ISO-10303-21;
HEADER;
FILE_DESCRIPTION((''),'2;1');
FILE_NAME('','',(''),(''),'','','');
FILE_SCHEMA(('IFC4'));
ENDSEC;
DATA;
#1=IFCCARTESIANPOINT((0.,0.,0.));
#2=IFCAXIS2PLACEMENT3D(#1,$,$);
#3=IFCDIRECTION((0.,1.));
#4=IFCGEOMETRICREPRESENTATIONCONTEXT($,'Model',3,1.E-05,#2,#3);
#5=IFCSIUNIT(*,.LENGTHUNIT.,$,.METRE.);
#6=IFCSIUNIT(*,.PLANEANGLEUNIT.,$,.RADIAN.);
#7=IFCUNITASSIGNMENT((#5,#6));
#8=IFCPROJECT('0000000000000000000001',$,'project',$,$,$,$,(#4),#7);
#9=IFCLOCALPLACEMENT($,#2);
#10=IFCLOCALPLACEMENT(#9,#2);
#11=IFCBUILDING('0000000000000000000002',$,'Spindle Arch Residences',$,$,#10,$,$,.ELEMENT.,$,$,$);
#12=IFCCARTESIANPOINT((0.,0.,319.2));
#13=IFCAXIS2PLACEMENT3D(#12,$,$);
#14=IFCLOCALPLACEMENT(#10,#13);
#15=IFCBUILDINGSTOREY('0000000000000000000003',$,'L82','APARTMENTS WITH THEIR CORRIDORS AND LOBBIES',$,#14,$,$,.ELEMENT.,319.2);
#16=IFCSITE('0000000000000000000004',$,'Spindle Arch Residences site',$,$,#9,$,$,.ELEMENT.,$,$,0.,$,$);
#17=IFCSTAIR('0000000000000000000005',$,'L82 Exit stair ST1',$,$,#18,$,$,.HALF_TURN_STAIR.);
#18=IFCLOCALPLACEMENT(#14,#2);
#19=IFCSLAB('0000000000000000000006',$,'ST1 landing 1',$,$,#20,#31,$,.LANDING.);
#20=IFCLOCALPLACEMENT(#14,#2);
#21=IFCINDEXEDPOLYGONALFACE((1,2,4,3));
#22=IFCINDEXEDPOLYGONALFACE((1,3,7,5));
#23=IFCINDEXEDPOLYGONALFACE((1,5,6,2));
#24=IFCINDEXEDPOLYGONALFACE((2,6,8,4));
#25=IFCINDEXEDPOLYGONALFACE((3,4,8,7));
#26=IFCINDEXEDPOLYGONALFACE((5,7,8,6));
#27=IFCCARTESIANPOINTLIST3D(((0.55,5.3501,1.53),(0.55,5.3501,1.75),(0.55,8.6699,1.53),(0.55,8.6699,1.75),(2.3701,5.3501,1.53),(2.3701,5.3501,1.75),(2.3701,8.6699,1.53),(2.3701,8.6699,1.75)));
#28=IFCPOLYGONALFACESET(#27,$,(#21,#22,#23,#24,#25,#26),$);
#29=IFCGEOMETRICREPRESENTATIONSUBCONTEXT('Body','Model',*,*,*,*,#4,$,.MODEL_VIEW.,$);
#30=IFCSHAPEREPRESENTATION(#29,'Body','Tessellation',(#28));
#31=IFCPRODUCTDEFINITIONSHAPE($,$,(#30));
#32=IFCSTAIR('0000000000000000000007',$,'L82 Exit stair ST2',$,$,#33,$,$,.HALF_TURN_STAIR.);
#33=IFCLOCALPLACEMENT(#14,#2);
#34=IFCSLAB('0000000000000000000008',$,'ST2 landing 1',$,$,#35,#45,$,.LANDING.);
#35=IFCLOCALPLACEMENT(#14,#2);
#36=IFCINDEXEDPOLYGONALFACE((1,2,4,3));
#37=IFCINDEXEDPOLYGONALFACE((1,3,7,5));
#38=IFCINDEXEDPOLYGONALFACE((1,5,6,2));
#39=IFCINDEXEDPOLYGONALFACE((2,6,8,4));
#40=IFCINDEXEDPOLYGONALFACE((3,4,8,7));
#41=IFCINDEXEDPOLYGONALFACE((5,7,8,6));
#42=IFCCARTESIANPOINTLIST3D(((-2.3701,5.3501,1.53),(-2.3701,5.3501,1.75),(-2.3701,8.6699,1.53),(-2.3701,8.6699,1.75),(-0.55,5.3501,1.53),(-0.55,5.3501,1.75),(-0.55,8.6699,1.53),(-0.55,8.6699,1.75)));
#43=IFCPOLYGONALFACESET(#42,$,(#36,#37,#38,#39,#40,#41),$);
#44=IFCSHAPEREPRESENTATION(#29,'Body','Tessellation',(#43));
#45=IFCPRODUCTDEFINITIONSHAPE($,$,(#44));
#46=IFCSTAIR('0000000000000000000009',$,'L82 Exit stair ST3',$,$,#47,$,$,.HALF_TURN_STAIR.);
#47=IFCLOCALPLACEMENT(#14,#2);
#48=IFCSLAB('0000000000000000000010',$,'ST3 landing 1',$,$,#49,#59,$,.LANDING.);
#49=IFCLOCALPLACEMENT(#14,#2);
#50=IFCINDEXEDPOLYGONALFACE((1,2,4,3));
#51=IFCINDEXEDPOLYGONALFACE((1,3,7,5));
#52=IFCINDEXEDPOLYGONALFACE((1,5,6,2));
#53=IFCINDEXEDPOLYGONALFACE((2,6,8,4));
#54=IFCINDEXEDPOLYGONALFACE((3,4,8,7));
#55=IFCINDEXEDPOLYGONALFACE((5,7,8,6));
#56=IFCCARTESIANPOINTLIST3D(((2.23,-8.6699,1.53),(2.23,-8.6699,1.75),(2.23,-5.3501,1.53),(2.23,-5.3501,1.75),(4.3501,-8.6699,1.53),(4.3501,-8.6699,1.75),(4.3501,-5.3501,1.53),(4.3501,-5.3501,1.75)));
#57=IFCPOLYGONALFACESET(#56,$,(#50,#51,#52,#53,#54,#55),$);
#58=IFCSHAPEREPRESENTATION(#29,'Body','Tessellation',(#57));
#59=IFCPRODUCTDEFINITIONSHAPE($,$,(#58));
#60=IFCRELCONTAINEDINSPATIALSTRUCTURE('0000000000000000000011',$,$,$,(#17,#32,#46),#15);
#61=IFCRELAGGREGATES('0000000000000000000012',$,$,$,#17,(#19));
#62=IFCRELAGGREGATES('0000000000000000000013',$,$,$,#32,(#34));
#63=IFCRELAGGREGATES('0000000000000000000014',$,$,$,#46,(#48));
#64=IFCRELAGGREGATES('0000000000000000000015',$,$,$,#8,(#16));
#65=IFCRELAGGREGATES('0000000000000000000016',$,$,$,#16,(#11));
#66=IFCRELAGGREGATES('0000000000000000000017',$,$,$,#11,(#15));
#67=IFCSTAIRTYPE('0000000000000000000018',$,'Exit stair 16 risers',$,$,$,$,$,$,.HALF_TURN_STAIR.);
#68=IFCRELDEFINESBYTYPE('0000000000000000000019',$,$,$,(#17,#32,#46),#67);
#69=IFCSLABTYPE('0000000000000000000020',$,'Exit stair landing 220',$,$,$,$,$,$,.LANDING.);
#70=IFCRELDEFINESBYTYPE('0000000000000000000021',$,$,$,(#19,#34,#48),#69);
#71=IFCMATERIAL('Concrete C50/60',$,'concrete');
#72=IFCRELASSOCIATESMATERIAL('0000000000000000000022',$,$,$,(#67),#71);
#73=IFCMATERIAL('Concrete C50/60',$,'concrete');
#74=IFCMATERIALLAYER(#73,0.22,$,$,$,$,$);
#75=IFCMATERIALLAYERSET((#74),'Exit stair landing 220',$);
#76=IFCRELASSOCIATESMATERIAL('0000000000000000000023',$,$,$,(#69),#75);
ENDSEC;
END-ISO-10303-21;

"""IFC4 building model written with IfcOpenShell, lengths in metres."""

from ifc_helpers import new_model, si_unit, direction, frame, origin, place, context, subcontext, project, spatial, polyline, outline, extrude, material, layer, layer_set, type_object, element, aggregate, save


model = new_model("IFC4")

# Units and contexts
model_context = context("Model", 3, precision=1e-05, world=origin(), true_north=direction((0.0, 1.0)))
body_context = subcontext(model_context, "Body", "Model", "MODEL_VIEW")
ifc_project = project(units=[si_unit("LENGTHUNIT", "METRE"), si_unit("PLANEANGLEUNIT", "RADIAN")], contexts=[model_context])

# Site, building, storey
site_placement = place(None, origin())
site = spatial("IfcSite", under=ifc_project, at=site_placement, Name="Spindle Arch Residences site", CompositionType="ELEMENT", RefElevation=0.0)
building_placement = place(site_placement, origin())
building = spatial("IfcBuilding", under=site, at=building_placement, Name="Spindle Arch Residences", CompositionType="ELEMENT")
storey_placement = place(building_placement, frame((0.0, 0.0, 319.2)))
storey = spatial("IfcBuildingStorey", under=building, at=storey_placement, Name="L82", Description="APARTMENTS WITH THEIR CORRIDORS AND LOBBIES", CompositionType="ELEMENT", Elevation=319.2)

# Stairs, slabs
ifc_material_1 = material(Name="Concrete C50/60", Category="concrete")
stair_type = type_object("IfcStairType", Name="Exit stair 16 risers", PredefinedType="HALF_TURN_STAIR", material=ifc_material_1)
stair_1_placement = place(storey_placement, origin())
stair_1 = element("IfcStair", 1, at=stair_1_placement, inside=storey, type_object=stair_type, Name="L82 Exit stair ST1", PredefinedType="HALF_TURN_STAIR")
ifc_material_2 = material(Name="Concrete C50/60", Category="concrete")
ifc_layer_1 = layer(ifc_material_2, 0.22)
ifc_layer_set_1 = layer_set([ifc_layer_1], Name="Exit stair landing 220")
slab_type_1 = type_object("IfcSlabType", Name="Exit stair landing 220", PredefinedType="LANDING", material=ifc_layer_set_1)
slab_1_placement = place(storey_placement, frame((0.0, 0.0, 1.53)))
slab_1 = element("IfcSlab", 2, at=slab_1_placement, type_object=slab_type_1, Name="ST1 landing 1", PredefinedType="LANDING", context=body_context, shape_type="SweptSolid", body=[
    extrude(outline(polyline([(2.3701, 8.6699), (0.55, 8.6699), (0.55, 5.3501), (2.3701, 5.3501), (2.3701, 8.6699)])), origin(), (0.0, 0.0, 1.0), 0.22),
])
aggregate(stair_1, [slab_1])
stair_2_placement = place(storey_placement, origin())
stair_2 = element("IfcStair", 3, at=stair_2_placement, inside=storey, type_object=stair_type, Name="L82 Exit stair ST2", PredefinedType="HALF_TURN_STAIR")
slab_2_placement = place(storey_placement, frame((0.0, 0.0, 1.53)))
slab_2 = element("IfcSlab", 4, at=slab_2_placement, type_object=slab_type_1, Name="ST2 landing 1", PredefinedType="LANDING", context=body_context, shape_type="SweptSolid", body=[
    extrude(outline(polyline([(-2.3701, 5.3501), (-0.55, 5.3501), (-0.55, 8.6699), (-2.3701, 8.6699), (-2.3701, 5.3501)])), origin(), (0.0, 0.0, 1.0), 0.22),
])
aggregate(stair_2, [slab_2])
stair_3_placement = place(storey_placement, origin())
stair_3 = element("IfcStair", 5, at=stair_3_placement, inside=storey, type_object=stair_type, Name="L82 Exit stair ST3", PredefinedType="HALF_TURN_STAIR")
slab_3_placement = place(storey_placement, frame((0.0, 0.0, 1.53)))
slab_3 = element("IfcSlab", 6, at=slab_3_placement, type_object=slab_type_1, Name="ST3 landing 1", PredefinedType="LANDING", context=body_context, shape_type="SweptSolid", body=[
    extrude(outline(polyline([(2.23, -8.6699), (4.3501, -8.6699), (4.3501, -5.3501), (2.23, -5.3501), (2.23, -8.6699)])), origin(), (0.0, 0.0, 1.0), 0.22),
])

aggregate(stair_3, [slab_3])

save(model, "model.ifc")
